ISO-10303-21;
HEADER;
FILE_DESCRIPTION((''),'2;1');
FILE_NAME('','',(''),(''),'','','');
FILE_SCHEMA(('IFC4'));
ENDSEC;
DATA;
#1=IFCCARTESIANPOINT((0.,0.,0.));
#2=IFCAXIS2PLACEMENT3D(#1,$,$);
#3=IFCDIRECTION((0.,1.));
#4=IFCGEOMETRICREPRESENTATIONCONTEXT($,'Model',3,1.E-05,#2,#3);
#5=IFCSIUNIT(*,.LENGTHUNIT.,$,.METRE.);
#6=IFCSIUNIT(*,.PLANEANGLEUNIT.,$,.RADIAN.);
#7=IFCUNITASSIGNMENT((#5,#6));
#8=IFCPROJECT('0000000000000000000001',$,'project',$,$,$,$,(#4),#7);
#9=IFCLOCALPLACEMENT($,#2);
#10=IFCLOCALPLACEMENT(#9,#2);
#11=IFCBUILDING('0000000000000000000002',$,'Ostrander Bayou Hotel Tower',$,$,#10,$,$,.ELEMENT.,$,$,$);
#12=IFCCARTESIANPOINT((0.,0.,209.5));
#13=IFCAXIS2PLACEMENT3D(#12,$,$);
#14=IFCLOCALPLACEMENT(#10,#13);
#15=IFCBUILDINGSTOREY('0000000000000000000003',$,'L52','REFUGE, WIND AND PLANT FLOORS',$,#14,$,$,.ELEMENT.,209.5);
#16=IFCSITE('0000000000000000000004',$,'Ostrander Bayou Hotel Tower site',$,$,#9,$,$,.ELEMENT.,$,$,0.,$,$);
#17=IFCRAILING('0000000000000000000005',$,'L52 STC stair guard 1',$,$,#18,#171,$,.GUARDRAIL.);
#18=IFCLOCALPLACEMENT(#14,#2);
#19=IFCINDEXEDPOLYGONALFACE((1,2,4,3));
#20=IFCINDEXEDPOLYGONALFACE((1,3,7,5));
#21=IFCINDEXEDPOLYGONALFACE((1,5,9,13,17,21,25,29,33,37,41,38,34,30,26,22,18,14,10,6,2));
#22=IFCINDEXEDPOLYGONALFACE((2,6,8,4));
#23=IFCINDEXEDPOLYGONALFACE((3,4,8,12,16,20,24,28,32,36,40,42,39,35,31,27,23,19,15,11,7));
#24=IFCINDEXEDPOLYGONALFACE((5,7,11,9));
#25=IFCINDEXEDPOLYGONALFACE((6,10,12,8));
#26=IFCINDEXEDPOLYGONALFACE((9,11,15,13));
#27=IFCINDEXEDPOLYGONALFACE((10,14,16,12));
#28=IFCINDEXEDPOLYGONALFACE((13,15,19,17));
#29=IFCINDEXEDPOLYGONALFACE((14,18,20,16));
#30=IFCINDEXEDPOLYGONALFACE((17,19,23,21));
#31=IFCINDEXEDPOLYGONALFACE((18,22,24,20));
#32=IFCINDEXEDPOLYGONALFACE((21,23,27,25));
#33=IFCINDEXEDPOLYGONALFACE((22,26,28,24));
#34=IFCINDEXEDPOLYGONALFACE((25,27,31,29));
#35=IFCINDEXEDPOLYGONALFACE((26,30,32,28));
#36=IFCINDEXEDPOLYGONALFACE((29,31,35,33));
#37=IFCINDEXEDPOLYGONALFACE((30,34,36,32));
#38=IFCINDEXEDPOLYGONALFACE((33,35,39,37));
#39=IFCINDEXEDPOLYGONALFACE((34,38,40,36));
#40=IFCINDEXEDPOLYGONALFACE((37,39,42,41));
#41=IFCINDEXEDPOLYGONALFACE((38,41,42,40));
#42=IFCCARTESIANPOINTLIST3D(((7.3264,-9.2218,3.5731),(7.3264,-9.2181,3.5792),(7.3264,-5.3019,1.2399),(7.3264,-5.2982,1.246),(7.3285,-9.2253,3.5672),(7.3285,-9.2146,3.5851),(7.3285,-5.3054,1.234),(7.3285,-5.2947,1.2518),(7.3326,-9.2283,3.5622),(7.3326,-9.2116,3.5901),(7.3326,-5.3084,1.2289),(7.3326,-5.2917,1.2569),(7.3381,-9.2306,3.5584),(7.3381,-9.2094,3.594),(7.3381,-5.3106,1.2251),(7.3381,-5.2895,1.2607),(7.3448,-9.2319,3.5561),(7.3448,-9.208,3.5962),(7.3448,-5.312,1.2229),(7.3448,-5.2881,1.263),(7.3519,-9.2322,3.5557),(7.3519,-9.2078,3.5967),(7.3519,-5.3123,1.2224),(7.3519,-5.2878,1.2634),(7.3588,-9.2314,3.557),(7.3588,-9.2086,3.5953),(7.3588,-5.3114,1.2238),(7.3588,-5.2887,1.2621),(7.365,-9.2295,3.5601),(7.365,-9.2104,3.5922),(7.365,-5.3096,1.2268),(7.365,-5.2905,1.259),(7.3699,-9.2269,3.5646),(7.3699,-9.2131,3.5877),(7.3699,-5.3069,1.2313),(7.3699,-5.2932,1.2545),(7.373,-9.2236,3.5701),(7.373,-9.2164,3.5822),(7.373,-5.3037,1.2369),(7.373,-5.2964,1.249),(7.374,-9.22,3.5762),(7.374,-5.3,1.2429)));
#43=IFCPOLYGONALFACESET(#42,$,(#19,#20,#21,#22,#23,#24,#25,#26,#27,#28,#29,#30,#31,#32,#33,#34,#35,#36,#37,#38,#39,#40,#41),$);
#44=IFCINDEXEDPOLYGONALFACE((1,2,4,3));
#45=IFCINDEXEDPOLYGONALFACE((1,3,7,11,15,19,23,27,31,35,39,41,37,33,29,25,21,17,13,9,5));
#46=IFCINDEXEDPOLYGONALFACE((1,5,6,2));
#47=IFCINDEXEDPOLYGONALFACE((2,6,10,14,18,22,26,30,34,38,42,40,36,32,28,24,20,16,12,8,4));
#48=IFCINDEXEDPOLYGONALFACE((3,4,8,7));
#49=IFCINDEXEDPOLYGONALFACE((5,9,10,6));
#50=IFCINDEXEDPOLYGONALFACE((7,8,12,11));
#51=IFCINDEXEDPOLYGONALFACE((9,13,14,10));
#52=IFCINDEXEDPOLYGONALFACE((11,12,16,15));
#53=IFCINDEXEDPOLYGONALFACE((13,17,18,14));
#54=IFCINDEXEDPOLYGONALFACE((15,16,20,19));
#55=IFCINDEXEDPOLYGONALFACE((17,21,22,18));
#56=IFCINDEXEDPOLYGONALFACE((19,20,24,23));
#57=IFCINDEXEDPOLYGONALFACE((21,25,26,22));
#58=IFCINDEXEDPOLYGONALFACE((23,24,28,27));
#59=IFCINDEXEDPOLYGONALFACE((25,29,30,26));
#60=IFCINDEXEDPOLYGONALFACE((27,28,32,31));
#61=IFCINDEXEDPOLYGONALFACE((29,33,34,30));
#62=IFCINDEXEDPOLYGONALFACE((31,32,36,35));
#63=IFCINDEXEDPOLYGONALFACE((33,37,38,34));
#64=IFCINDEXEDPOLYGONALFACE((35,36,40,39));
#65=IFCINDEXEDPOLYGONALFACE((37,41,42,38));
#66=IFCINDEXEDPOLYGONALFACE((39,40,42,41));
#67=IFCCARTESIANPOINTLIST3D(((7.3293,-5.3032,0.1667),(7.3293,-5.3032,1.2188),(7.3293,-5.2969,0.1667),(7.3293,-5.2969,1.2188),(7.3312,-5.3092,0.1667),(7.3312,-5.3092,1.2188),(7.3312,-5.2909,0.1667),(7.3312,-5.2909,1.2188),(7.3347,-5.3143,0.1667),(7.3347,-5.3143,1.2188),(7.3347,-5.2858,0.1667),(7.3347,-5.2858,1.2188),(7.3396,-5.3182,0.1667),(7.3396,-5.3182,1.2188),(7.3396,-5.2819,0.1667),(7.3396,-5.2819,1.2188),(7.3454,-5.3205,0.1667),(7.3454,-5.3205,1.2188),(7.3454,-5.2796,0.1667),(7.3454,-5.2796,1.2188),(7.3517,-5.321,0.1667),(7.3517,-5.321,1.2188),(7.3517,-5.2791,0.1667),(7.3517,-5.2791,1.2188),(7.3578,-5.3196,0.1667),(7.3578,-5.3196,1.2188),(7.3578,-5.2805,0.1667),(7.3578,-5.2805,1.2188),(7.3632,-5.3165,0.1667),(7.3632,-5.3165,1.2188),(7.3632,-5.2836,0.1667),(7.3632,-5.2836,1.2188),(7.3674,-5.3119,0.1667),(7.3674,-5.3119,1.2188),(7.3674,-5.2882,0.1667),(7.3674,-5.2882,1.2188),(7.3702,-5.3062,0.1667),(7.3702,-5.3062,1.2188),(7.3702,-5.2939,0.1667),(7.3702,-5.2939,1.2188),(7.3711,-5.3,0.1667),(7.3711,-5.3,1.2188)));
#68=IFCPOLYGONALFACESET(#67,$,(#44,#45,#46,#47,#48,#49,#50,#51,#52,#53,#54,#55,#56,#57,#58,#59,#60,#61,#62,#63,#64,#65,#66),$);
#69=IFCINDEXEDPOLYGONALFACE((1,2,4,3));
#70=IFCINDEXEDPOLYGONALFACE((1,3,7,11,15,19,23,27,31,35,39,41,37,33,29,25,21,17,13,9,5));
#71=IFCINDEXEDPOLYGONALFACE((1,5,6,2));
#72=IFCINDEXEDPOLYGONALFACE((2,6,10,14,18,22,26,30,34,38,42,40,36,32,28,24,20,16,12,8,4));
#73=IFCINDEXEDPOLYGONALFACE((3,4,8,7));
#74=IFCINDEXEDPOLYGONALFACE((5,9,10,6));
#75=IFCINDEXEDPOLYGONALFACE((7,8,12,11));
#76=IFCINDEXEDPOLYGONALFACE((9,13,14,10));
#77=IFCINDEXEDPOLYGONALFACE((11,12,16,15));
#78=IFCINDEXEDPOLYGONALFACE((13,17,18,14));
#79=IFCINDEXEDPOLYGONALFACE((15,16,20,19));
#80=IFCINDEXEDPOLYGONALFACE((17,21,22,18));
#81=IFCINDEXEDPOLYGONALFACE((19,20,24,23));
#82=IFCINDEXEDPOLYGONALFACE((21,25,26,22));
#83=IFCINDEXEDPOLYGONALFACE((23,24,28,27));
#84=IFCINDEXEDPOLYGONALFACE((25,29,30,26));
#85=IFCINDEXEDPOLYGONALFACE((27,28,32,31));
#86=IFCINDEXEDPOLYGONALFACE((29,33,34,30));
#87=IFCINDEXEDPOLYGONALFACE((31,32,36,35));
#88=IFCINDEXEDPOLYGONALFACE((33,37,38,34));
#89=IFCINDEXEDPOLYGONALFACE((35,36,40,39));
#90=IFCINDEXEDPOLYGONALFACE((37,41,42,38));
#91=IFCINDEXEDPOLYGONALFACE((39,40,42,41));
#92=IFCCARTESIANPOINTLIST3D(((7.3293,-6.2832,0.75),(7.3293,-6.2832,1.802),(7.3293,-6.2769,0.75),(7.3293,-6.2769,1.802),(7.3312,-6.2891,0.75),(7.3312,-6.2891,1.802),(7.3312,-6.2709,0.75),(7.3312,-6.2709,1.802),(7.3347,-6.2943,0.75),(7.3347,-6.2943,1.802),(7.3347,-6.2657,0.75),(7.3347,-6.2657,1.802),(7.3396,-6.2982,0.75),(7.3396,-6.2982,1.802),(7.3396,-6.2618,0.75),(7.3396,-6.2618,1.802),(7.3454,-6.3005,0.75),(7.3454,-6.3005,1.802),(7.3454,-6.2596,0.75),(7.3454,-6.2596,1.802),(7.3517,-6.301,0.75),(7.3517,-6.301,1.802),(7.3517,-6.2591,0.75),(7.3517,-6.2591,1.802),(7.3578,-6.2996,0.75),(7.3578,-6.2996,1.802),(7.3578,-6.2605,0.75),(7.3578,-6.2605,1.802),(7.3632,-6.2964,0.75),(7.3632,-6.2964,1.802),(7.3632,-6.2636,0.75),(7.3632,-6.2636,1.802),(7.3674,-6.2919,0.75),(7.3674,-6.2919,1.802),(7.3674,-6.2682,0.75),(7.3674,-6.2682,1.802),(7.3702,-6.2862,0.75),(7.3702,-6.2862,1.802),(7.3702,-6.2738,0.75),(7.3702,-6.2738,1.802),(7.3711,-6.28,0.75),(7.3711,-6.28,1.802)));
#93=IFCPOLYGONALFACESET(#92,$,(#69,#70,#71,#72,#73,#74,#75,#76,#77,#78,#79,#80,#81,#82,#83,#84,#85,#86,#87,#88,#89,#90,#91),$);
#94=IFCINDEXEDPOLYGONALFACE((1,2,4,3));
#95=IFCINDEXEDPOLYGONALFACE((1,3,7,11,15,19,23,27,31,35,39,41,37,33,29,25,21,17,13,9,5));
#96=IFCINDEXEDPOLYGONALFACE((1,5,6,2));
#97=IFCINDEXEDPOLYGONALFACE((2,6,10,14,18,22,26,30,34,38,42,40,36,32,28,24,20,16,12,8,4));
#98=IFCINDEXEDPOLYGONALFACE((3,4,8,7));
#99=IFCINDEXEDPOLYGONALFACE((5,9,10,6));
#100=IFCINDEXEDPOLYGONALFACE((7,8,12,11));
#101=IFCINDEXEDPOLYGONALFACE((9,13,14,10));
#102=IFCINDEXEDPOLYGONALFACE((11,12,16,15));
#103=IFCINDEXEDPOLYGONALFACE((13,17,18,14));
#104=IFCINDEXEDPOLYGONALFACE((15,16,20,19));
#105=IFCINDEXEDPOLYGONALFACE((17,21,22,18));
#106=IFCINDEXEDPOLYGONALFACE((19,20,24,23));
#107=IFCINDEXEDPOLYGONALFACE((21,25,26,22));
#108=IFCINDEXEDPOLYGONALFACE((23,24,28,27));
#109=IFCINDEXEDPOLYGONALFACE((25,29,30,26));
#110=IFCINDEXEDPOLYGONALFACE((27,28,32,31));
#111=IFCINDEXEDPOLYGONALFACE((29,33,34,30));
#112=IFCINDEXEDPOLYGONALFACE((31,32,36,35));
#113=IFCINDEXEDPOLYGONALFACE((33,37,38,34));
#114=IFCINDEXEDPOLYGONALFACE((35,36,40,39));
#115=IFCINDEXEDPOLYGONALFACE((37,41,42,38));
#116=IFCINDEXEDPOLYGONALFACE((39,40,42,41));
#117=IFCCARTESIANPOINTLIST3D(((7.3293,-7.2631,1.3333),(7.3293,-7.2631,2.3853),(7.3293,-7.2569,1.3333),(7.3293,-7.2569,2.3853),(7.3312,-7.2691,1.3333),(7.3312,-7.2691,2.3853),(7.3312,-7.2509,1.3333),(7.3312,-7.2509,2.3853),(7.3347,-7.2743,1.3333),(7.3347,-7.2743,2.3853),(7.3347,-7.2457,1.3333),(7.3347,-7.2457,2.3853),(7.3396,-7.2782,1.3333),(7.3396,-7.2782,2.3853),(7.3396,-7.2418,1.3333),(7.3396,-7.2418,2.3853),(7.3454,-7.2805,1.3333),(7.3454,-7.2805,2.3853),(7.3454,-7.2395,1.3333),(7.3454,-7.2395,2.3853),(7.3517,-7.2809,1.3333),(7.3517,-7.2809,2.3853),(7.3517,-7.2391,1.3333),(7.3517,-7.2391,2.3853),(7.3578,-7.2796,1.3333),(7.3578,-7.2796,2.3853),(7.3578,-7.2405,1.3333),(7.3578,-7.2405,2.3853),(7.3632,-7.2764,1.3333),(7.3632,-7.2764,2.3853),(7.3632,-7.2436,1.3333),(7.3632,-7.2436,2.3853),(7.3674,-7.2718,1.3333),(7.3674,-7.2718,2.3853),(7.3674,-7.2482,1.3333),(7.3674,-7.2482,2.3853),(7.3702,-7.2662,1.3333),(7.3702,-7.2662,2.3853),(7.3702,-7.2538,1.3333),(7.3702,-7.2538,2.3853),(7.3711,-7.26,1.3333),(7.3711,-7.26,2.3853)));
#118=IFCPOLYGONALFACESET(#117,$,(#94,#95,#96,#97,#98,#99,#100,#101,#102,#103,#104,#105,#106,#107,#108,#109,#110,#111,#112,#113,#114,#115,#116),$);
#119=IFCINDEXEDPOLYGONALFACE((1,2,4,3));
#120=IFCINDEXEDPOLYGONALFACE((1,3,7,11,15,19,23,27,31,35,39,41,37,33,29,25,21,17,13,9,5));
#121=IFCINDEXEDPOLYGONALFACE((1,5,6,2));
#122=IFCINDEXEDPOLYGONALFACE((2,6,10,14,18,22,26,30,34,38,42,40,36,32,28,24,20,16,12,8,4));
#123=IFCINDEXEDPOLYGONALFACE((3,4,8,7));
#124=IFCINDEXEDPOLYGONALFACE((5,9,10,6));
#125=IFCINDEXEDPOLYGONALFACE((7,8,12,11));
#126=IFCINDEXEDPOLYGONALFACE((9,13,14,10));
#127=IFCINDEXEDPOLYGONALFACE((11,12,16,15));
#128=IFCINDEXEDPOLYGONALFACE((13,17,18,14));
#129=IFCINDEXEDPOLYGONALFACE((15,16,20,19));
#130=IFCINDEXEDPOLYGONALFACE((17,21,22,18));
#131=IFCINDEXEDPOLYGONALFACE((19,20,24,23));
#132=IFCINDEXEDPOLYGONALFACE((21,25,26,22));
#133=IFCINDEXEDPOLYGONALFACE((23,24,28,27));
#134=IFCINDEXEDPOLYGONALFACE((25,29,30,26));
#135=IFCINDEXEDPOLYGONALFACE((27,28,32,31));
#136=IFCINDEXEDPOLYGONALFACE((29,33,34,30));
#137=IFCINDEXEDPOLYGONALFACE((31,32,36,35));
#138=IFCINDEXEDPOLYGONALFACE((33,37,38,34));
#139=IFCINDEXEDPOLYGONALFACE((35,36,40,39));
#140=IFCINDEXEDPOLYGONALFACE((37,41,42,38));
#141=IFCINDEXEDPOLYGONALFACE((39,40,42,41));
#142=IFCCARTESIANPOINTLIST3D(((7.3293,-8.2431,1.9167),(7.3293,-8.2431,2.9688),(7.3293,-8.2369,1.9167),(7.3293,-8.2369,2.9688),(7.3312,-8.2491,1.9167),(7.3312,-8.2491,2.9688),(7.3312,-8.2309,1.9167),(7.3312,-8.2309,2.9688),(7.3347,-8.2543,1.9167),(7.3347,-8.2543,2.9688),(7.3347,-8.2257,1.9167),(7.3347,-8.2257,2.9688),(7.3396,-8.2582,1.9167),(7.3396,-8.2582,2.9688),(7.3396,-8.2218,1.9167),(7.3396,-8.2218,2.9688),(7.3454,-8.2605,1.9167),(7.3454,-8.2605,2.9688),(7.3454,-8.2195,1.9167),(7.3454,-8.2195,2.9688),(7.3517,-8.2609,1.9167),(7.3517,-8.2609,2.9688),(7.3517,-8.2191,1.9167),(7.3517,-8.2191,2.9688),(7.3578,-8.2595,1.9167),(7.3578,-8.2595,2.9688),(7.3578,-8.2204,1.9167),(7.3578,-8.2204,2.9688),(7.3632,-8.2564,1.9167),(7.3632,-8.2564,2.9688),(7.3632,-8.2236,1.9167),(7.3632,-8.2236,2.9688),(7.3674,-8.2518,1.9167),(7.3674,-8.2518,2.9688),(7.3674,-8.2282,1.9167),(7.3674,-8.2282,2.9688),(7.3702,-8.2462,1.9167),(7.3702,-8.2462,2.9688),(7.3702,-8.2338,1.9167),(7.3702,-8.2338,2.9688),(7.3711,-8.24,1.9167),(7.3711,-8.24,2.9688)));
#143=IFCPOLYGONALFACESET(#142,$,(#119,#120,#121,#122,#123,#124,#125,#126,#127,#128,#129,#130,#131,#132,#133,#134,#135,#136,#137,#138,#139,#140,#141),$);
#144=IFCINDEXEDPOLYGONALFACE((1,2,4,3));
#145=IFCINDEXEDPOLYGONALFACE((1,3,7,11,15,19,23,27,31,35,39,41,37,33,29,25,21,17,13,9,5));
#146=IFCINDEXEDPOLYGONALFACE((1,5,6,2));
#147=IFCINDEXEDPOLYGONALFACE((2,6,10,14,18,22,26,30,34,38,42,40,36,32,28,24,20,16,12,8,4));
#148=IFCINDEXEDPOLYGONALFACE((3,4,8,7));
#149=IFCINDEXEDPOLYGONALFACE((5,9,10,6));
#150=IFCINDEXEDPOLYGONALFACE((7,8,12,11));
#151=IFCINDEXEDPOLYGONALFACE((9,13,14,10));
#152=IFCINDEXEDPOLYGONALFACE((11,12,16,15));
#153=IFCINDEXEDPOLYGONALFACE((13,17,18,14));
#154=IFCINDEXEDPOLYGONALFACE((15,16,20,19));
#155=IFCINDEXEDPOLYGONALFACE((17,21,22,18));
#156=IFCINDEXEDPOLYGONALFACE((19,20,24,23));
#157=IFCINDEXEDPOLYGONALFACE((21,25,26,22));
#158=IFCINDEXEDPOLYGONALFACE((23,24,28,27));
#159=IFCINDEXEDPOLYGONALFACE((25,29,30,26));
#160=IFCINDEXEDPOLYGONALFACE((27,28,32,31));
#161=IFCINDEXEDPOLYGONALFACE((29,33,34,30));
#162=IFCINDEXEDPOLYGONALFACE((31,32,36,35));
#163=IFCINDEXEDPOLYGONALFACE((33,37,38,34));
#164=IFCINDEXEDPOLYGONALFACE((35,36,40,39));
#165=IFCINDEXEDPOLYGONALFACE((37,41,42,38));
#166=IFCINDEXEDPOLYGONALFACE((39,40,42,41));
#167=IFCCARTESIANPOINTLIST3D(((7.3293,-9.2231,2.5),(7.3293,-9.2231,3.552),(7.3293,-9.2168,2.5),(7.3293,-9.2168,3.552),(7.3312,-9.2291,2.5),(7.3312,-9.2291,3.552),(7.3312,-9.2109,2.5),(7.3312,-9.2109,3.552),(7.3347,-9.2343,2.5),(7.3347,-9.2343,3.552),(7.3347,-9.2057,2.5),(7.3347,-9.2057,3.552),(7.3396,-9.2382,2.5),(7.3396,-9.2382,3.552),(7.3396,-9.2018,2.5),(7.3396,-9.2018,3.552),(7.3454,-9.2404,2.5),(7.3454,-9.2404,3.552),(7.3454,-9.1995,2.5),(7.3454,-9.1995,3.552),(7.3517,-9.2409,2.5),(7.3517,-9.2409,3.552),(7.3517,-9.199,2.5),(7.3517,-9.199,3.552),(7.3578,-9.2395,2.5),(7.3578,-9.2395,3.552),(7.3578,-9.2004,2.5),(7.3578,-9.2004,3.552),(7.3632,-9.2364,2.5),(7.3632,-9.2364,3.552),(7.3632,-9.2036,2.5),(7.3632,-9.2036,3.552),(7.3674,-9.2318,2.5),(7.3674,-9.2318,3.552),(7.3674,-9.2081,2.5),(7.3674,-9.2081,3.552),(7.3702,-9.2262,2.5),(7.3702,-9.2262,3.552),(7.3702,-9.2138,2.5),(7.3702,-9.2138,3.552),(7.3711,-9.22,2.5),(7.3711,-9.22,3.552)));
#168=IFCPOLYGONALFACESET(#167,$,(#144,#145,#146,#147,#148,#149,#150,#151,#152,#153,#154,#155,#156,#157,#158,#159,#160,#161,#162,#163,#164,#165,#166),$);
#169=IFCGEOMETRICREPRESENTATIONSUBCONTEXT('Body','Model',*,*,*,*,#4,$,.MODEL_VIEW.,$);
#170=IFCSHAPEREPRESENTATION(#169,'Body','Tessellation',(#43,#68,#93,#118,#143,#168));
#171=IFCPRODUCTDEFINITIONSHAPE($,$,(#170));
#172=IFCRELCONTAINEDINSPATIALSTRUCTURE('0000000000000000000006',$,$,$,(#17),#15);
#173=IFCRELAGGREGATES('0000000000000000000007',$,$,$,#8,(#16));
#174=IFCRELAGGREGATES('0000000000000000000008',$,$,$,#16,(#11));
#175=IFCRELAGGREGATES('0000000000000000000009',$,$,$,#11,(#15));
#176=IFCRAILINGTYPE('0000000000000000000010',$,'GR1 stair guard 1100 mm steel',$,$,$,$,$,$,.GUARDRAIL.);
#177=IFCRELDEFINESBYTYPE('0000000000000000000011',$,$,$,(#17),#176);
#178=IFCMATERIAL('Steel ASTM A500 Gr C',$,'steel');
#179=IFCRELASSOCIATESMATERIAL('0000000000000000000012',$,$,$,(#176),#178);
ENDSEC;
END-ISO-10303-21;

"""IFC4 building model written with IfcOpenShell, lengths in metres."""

from ifc_helpers import new_model, si_unit, direction, frame, origin, origin_2d, place, context, subcontext, project, spatial, circle, extrude, material, type_object, element, save


model = new_model("IFC4")

# Units and contexts
model_context = context("Model", 3, precision=1e-05, world=origin(), true_north=direction((0.0, 1.0)))
body_context = subcontext(model_context, "Body", "Model", "MODEL_VIEW")
ifc_project = project(units=[si_unit("LENGTHUNIT", "METRE"), si_unit("PLANEANGLEUNIT", "RADIAN")], contexts=[model_context])

# Site, building, storey
site_placement = place(None, origin())
site = spatial("IfcSite", under=ifc_project, at=site_placement, Name="Ostrander Bayou Hotel Tower site", CompositionType="ELEMENT", RefElevation=0.0)
building_placement = place(site_placement, origin())
building = spatial("IfcBuilding", under=site, at=building_placement, Name="Ostrander Bayou Hotel Tower", CompositionType="ELEMENT")
storey_placement = place(building_placement, frame((0.0, 0.0, 209.5)))
storey = spatial("IfcBuildingStorey", under=building, at=storey_placement, Name="L52", Description="REFUGE, WIND AND PLANT FLOORS", CompositionType="ELEMENT", Elevation=209.5)

# Railing
ifc_material_1 = material(Name="Steel ASTM A500 Gr C", Category="steel")
railing_type_1 = type_object("IfcRailingType", Name="GR1 stair guard 1100 mm steel", PredefinedType="GUARDRAIL", material=ifc_material_1)
railing_1_placement = place(storey_placement, frame((7.3501, -5.3, 0.1667)))
element("IfcRailing", 1, at=railing_1_placement, inside=storey, type_object=railing_type_1, Name="L52 STC stair guard 1", PredefinedType="GUARDRAIL", context=body_context, shape_type="SweptSolid", body=[
    extrude(circle(Radius=0.0239, at=origin_2d()), frame((0.0, 0.0, 1.0762), z_axis=(0.0, -0.859296, 0.511478), x_axis=(1.0, 0.0, 0.0)), (0.0, 0.0, 1.0), 4.5618),
    extrude(circle(Radius=0.021, at=origin_2d()), origin(), (0.0, 0.0, 1.0), 1.052),
    extrude(circle(Radius=0.021, at=origin_2d()), frame((0.0, -0.98, 0.5833)), (0.0, 0.0, 1.0), 1.052),
    extrude(circle(Radius=0.021, at=origin_2d()), frame((0.0, -1.96, 1.1665)), (0.0, 0.0, 1.0), 1.052),
    extrude(circle(Radius=0.021, at=origin_2d()), frame((0.0, -2.9399, 1.75)), (0.0, 0.0, 1.0), 1.052),
    extrude(circle(Radius=0.021, at=origin_2d()), frame((0.0, -3.9199, 2.3333)), (0.0, 0.0, 1.0), 1.052),
])

save(model, "model.ifc")
